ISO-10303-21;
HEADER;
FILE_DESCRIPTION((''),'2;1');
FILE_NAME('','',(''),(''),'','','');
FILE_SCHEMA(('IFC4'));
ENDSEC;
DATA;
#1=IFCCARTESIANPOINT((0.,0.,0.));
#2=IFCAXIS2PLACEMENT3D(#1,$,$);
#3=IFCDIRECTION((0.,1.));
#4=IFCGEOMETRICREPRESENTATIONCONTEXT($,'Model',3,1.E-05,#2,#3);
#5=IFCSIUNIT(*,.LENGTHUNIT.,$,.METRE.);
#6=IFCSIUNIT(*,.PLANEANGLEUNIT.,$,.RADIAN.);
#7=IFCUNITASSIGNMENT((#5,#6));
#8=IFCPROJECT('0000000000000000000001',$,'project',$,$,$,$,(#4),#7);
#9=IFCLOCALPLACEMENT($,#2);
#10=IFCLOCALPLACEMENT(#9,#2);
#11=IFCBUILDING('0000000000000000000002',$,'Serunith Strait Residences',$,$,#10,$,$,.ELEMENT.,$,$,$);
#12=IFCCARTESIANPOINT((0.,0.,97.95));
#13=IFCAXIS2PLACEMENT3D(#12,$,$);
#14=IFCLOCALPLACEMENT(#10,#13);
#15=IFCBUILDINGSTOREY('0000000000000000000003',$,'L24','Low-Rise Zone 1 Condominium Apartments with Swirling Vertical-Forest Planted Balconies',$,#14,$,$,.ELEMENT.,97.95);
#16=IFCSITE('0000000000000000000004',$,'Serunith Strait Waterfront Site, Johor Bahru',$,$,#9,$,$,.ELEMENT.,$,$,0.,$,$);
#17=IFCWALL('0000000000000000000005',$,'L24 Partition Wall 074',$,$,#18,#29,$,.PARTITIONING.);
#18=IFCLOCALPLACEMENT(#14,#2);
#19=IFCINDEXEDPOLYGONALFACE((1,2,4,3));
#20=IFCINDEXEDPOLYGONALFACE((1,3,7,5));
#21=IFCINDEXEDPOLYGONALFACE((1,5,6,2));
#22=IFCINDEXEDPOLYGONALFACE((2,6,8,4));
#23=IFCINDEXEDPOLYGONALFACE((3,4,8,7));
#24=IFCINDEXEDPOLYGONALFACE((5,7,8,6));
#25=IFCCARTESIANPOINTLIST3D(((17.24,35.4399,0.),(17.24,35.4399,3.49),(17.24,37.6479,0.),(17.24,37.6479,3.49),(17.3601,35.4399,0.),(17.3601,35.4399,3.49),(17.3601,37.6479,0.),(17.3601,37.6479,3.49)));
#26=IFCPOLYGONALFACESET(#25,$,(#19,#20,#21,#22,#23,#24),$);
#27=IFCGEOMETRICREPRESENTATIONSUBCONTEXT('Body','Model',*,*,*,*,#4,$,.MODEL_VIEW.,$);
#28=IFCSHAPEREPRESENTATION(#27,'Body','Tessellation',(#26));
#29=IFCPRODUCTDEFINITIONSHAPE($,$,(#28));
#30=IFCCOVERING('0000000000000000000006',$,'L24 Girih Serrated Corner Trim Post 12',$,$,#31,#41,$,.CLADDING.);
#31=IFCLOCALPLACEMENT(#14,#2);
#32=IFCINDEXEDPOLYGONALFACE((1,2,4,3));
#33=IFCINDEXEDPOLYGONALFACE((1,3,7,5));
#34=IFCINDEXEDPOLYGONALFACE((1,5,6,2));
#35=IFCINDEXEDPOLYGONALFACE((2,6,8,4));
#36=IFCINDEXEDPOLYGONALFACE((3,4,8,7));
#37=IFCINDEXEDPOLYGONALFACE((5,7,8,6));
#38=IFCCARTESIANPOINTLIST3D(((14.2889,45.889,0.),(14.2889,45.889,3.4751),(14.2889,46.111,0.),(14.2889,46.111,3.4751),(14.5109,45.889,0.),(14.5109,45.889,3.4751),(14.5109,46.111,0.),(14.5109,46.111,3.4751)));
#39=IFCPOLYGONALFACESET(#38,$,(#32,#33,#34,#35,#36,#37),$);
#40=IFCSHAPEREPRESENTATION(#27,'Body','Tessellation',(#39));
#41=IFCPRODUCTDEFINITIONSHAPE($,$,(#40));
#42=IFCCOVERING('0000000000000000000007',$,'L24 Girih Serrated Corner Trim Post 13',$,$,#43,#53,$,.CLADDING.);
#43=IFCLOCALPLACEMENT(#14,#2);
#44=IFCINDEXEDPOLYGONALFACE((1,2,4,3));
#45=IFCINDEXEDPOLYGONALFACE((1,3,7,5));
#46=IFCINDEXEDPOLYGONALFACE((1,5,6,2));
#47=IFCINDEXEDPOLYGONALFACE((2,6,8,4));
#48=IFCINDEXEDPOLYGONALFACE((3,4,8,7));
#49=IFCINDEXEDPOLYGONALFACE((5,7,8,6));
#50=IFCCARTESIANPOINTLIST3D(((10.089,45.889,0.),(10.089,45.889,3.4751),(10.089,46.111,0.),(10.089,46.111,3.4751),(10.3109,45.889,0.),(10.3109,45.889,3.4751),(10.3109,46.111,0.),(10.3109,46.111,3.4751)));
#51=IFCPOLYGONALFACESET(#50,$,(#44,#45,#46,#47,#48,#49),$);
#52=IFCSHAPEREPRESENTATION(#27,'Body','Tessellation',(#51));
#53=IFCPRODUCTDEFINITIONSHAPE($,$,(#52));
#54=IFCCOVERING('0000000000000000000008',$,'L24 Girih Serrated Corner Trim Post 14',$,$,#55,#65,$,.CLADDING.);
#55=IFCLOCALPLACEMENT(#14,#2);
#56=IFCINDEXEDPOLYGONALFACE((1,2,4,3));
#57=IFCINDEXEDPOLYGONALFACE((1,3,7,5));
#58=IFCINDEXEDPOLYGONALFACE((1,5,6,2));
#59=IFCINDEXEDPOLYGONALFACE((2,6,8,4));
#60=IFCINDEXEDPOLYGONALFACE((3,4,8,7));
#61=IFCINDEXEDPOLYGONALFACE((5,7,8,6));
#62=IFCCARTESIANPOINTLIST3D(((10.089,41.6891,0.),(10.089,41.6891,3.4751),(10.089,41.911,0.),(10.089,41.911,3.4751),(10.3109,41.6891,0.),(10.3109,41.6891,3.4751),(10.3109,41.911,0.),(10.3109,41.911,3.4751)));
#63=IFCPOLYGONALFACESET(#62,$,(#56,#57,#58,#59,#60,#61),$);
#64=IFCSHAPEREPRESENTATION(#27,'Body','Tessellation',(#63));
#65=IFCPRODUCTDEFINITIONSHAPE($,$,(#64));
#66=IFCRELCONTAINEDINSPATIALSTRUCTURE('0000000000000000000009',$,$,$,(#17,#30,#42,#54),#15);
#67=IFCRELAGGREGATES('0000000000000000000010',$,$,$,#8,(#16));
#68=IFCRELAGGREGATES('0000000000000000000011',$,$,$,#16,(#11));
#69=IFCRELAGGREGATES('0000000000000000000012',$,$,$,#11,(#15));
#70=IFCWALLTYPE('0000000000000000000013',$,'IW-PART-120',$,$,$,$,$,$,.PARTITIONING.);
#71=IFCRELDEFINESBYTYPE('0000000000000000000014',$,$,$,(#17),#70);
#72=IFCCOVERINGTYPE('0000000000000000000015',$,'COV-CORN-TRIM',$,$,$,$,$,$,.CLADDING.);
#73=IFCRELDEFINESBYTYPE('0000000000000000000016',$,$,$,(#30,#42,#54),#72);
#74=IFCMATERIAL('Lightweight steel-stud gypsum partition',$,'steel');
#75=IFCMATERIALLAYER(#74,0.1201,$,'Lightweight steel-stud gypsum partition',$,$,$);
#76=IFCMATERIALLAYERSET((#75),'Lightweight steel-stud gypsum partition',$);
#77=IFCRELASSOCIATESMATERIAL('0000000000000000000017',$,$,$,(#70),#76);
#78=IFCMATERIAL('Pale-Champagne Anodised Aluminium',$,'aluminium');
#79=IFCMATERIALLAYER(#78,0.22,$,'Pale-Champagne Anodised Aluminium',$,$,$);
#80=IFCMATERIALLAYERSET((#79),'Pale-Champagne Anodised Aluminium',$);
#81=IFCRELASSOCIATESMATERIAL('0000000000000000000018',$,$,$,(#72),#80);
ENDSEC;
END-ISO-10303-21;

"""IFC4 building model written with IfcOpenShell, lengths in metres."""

from ifc_helpers import new_model, si_unit, direction, frame, frame_2d, origin, origin_2d, place, context, subcontext, project, spatial, rectangle, extrude, source, transform, mapped, material, layer, layer_set, type_object, element, save


model = new_model("IFC4")

# Units and contexts
model_context = context("Model", 3, precision=1e-05, world=origin(), true_north=direction((0.0, 1.0)))
body_context = subcontext(model_context, "Body", "Model", "MODEL_VIEW")
ifc_project = project(units=[si_unit("LENGTHUNIT", "METRE"), si_unit("PLANEANGLEUNIT", "RADIAN")], contexts=[model_context])

# Site, building, storey
site_placement = place(None, origin())
site = spatial("IfcSite", under=ifc_project, at=site_placement, Name="Serunith Strait Waterfront Site, Johor Bahru", CompositionType="ELEMENT", RefElevation=0.0)
building_placement = place(site_placement, origin())
building = spatial("IfcBuilding", under=site, at=building_placement, Name="Serunith Strait Residences", CompositionType="ELEMENT")
storey_placement = place(building_placement, frame((0.0, 0.0, 97.95)))
storey = spatial("IfcBuildingStorey", under=building, at=storey_placement, Name="L24", Description="Low-Rise Zone 1 Condominium Apartments with Swirling Vertical-Forest Planted Balconies", CompositionType="ELEMENT", Elevation=97.95)

# Shared definitions
ifc_material_1 = material(Name="Pale-Champagne Anodised Aluminium", Category="aluminium")

# Shared definitions
ifc_material_2 = material(Name="Lightweight steel-stud gypsum partition", Category="steel")
ifc_layer_1 = layer(ifc_material_2, 0.1201, Name="Lightweight steel-stud gypsum partition")
ifc_layer_set_1 = layer_set([ifc_layer_1], Name="Lightweight steel-stud gypsum partition")
wall_type_1 = type_object("IfcWallType", Name="IW-PART-120", PredefinedType="PARTITIONING", material=ifc_layer_set_1)

# Wall
wall_1_placement = place(storey_placement, frame((17.3, 37.6479, 0.0), z_axis=(0.0, 0.0, 1.0), x_axis=(0.0, -1.0, 0.0)))
element("IfcWall", 1, at=wall_1_placement, inside=storey, type_object=wall_type_1, Name="L24 Partition Wall 074", PredefinedType="PARTITIONING", context=body_context, shape_type="SweptSolid", body=[
    extrude(rectangle(XDim=2.208, YDim=0.1201, at=frame_2d((1.104, 0.0))), origin(), (0.0, 0.0, 1.0), 3.49),
])

# Coverings
ifc_layer_2 = layer(ifc_material_1, 0.22, Name="Pale-Champagne Anodised Aluminium")
ifc_layer_set_2 = layer_set([ifc_layer_2], Name="Pale-Champagne Anodised Aluminium")
covering_type = type_object("IfcCoveringType", Name="COV-CORN-TRIM", PredefinedType="CLADDING", material=ifc_layer_set_2)
shared_shape_1 = source(origin(), body_context, "Body", "SweptSolid", [
    extrude(rectangle(XDim=0.2219, YDim=0.2219, at=origin_2d()), origin(), (0.0, 0.0, 1.0), 3.4751),
])
for number, where, z_axis, x_axis, name in (
    (2, (14.3999, 46.0, 0.0), (0.0, 0.0, 1.0), (1.0, 0.0, 0.0), "L24 Girih Serrated Corner Trim Post 12"),
    (3, (10.2, 46.0, 0.0), (0.0, 0.0, 1.0), (1.0, 0.0, 0.0), "L24 Girih Serrated Corner Trim Post 13"),
    (4, (10.2, 41.8, 0.0), (0.0, 0.0, 1.0), (1.0, 0.0, 0.0), "L24 Girih Serrated Corner Trim Post 14"),
):
    element("IfcCovering", number, at=place(storey_placement, frame(where, z_axis=z_axis, x_axis=x_axis)), inside=storey, type_object=covering_type, Name=name, PredefinedType="CLADDING", context=body_context, shape_type="MappedRepresentation", body=[
        mapped(shared_shape_1, transform((0.0, 0.0, 0.0), scale=1.0)),
    ])

save(model, "model.ifc")
